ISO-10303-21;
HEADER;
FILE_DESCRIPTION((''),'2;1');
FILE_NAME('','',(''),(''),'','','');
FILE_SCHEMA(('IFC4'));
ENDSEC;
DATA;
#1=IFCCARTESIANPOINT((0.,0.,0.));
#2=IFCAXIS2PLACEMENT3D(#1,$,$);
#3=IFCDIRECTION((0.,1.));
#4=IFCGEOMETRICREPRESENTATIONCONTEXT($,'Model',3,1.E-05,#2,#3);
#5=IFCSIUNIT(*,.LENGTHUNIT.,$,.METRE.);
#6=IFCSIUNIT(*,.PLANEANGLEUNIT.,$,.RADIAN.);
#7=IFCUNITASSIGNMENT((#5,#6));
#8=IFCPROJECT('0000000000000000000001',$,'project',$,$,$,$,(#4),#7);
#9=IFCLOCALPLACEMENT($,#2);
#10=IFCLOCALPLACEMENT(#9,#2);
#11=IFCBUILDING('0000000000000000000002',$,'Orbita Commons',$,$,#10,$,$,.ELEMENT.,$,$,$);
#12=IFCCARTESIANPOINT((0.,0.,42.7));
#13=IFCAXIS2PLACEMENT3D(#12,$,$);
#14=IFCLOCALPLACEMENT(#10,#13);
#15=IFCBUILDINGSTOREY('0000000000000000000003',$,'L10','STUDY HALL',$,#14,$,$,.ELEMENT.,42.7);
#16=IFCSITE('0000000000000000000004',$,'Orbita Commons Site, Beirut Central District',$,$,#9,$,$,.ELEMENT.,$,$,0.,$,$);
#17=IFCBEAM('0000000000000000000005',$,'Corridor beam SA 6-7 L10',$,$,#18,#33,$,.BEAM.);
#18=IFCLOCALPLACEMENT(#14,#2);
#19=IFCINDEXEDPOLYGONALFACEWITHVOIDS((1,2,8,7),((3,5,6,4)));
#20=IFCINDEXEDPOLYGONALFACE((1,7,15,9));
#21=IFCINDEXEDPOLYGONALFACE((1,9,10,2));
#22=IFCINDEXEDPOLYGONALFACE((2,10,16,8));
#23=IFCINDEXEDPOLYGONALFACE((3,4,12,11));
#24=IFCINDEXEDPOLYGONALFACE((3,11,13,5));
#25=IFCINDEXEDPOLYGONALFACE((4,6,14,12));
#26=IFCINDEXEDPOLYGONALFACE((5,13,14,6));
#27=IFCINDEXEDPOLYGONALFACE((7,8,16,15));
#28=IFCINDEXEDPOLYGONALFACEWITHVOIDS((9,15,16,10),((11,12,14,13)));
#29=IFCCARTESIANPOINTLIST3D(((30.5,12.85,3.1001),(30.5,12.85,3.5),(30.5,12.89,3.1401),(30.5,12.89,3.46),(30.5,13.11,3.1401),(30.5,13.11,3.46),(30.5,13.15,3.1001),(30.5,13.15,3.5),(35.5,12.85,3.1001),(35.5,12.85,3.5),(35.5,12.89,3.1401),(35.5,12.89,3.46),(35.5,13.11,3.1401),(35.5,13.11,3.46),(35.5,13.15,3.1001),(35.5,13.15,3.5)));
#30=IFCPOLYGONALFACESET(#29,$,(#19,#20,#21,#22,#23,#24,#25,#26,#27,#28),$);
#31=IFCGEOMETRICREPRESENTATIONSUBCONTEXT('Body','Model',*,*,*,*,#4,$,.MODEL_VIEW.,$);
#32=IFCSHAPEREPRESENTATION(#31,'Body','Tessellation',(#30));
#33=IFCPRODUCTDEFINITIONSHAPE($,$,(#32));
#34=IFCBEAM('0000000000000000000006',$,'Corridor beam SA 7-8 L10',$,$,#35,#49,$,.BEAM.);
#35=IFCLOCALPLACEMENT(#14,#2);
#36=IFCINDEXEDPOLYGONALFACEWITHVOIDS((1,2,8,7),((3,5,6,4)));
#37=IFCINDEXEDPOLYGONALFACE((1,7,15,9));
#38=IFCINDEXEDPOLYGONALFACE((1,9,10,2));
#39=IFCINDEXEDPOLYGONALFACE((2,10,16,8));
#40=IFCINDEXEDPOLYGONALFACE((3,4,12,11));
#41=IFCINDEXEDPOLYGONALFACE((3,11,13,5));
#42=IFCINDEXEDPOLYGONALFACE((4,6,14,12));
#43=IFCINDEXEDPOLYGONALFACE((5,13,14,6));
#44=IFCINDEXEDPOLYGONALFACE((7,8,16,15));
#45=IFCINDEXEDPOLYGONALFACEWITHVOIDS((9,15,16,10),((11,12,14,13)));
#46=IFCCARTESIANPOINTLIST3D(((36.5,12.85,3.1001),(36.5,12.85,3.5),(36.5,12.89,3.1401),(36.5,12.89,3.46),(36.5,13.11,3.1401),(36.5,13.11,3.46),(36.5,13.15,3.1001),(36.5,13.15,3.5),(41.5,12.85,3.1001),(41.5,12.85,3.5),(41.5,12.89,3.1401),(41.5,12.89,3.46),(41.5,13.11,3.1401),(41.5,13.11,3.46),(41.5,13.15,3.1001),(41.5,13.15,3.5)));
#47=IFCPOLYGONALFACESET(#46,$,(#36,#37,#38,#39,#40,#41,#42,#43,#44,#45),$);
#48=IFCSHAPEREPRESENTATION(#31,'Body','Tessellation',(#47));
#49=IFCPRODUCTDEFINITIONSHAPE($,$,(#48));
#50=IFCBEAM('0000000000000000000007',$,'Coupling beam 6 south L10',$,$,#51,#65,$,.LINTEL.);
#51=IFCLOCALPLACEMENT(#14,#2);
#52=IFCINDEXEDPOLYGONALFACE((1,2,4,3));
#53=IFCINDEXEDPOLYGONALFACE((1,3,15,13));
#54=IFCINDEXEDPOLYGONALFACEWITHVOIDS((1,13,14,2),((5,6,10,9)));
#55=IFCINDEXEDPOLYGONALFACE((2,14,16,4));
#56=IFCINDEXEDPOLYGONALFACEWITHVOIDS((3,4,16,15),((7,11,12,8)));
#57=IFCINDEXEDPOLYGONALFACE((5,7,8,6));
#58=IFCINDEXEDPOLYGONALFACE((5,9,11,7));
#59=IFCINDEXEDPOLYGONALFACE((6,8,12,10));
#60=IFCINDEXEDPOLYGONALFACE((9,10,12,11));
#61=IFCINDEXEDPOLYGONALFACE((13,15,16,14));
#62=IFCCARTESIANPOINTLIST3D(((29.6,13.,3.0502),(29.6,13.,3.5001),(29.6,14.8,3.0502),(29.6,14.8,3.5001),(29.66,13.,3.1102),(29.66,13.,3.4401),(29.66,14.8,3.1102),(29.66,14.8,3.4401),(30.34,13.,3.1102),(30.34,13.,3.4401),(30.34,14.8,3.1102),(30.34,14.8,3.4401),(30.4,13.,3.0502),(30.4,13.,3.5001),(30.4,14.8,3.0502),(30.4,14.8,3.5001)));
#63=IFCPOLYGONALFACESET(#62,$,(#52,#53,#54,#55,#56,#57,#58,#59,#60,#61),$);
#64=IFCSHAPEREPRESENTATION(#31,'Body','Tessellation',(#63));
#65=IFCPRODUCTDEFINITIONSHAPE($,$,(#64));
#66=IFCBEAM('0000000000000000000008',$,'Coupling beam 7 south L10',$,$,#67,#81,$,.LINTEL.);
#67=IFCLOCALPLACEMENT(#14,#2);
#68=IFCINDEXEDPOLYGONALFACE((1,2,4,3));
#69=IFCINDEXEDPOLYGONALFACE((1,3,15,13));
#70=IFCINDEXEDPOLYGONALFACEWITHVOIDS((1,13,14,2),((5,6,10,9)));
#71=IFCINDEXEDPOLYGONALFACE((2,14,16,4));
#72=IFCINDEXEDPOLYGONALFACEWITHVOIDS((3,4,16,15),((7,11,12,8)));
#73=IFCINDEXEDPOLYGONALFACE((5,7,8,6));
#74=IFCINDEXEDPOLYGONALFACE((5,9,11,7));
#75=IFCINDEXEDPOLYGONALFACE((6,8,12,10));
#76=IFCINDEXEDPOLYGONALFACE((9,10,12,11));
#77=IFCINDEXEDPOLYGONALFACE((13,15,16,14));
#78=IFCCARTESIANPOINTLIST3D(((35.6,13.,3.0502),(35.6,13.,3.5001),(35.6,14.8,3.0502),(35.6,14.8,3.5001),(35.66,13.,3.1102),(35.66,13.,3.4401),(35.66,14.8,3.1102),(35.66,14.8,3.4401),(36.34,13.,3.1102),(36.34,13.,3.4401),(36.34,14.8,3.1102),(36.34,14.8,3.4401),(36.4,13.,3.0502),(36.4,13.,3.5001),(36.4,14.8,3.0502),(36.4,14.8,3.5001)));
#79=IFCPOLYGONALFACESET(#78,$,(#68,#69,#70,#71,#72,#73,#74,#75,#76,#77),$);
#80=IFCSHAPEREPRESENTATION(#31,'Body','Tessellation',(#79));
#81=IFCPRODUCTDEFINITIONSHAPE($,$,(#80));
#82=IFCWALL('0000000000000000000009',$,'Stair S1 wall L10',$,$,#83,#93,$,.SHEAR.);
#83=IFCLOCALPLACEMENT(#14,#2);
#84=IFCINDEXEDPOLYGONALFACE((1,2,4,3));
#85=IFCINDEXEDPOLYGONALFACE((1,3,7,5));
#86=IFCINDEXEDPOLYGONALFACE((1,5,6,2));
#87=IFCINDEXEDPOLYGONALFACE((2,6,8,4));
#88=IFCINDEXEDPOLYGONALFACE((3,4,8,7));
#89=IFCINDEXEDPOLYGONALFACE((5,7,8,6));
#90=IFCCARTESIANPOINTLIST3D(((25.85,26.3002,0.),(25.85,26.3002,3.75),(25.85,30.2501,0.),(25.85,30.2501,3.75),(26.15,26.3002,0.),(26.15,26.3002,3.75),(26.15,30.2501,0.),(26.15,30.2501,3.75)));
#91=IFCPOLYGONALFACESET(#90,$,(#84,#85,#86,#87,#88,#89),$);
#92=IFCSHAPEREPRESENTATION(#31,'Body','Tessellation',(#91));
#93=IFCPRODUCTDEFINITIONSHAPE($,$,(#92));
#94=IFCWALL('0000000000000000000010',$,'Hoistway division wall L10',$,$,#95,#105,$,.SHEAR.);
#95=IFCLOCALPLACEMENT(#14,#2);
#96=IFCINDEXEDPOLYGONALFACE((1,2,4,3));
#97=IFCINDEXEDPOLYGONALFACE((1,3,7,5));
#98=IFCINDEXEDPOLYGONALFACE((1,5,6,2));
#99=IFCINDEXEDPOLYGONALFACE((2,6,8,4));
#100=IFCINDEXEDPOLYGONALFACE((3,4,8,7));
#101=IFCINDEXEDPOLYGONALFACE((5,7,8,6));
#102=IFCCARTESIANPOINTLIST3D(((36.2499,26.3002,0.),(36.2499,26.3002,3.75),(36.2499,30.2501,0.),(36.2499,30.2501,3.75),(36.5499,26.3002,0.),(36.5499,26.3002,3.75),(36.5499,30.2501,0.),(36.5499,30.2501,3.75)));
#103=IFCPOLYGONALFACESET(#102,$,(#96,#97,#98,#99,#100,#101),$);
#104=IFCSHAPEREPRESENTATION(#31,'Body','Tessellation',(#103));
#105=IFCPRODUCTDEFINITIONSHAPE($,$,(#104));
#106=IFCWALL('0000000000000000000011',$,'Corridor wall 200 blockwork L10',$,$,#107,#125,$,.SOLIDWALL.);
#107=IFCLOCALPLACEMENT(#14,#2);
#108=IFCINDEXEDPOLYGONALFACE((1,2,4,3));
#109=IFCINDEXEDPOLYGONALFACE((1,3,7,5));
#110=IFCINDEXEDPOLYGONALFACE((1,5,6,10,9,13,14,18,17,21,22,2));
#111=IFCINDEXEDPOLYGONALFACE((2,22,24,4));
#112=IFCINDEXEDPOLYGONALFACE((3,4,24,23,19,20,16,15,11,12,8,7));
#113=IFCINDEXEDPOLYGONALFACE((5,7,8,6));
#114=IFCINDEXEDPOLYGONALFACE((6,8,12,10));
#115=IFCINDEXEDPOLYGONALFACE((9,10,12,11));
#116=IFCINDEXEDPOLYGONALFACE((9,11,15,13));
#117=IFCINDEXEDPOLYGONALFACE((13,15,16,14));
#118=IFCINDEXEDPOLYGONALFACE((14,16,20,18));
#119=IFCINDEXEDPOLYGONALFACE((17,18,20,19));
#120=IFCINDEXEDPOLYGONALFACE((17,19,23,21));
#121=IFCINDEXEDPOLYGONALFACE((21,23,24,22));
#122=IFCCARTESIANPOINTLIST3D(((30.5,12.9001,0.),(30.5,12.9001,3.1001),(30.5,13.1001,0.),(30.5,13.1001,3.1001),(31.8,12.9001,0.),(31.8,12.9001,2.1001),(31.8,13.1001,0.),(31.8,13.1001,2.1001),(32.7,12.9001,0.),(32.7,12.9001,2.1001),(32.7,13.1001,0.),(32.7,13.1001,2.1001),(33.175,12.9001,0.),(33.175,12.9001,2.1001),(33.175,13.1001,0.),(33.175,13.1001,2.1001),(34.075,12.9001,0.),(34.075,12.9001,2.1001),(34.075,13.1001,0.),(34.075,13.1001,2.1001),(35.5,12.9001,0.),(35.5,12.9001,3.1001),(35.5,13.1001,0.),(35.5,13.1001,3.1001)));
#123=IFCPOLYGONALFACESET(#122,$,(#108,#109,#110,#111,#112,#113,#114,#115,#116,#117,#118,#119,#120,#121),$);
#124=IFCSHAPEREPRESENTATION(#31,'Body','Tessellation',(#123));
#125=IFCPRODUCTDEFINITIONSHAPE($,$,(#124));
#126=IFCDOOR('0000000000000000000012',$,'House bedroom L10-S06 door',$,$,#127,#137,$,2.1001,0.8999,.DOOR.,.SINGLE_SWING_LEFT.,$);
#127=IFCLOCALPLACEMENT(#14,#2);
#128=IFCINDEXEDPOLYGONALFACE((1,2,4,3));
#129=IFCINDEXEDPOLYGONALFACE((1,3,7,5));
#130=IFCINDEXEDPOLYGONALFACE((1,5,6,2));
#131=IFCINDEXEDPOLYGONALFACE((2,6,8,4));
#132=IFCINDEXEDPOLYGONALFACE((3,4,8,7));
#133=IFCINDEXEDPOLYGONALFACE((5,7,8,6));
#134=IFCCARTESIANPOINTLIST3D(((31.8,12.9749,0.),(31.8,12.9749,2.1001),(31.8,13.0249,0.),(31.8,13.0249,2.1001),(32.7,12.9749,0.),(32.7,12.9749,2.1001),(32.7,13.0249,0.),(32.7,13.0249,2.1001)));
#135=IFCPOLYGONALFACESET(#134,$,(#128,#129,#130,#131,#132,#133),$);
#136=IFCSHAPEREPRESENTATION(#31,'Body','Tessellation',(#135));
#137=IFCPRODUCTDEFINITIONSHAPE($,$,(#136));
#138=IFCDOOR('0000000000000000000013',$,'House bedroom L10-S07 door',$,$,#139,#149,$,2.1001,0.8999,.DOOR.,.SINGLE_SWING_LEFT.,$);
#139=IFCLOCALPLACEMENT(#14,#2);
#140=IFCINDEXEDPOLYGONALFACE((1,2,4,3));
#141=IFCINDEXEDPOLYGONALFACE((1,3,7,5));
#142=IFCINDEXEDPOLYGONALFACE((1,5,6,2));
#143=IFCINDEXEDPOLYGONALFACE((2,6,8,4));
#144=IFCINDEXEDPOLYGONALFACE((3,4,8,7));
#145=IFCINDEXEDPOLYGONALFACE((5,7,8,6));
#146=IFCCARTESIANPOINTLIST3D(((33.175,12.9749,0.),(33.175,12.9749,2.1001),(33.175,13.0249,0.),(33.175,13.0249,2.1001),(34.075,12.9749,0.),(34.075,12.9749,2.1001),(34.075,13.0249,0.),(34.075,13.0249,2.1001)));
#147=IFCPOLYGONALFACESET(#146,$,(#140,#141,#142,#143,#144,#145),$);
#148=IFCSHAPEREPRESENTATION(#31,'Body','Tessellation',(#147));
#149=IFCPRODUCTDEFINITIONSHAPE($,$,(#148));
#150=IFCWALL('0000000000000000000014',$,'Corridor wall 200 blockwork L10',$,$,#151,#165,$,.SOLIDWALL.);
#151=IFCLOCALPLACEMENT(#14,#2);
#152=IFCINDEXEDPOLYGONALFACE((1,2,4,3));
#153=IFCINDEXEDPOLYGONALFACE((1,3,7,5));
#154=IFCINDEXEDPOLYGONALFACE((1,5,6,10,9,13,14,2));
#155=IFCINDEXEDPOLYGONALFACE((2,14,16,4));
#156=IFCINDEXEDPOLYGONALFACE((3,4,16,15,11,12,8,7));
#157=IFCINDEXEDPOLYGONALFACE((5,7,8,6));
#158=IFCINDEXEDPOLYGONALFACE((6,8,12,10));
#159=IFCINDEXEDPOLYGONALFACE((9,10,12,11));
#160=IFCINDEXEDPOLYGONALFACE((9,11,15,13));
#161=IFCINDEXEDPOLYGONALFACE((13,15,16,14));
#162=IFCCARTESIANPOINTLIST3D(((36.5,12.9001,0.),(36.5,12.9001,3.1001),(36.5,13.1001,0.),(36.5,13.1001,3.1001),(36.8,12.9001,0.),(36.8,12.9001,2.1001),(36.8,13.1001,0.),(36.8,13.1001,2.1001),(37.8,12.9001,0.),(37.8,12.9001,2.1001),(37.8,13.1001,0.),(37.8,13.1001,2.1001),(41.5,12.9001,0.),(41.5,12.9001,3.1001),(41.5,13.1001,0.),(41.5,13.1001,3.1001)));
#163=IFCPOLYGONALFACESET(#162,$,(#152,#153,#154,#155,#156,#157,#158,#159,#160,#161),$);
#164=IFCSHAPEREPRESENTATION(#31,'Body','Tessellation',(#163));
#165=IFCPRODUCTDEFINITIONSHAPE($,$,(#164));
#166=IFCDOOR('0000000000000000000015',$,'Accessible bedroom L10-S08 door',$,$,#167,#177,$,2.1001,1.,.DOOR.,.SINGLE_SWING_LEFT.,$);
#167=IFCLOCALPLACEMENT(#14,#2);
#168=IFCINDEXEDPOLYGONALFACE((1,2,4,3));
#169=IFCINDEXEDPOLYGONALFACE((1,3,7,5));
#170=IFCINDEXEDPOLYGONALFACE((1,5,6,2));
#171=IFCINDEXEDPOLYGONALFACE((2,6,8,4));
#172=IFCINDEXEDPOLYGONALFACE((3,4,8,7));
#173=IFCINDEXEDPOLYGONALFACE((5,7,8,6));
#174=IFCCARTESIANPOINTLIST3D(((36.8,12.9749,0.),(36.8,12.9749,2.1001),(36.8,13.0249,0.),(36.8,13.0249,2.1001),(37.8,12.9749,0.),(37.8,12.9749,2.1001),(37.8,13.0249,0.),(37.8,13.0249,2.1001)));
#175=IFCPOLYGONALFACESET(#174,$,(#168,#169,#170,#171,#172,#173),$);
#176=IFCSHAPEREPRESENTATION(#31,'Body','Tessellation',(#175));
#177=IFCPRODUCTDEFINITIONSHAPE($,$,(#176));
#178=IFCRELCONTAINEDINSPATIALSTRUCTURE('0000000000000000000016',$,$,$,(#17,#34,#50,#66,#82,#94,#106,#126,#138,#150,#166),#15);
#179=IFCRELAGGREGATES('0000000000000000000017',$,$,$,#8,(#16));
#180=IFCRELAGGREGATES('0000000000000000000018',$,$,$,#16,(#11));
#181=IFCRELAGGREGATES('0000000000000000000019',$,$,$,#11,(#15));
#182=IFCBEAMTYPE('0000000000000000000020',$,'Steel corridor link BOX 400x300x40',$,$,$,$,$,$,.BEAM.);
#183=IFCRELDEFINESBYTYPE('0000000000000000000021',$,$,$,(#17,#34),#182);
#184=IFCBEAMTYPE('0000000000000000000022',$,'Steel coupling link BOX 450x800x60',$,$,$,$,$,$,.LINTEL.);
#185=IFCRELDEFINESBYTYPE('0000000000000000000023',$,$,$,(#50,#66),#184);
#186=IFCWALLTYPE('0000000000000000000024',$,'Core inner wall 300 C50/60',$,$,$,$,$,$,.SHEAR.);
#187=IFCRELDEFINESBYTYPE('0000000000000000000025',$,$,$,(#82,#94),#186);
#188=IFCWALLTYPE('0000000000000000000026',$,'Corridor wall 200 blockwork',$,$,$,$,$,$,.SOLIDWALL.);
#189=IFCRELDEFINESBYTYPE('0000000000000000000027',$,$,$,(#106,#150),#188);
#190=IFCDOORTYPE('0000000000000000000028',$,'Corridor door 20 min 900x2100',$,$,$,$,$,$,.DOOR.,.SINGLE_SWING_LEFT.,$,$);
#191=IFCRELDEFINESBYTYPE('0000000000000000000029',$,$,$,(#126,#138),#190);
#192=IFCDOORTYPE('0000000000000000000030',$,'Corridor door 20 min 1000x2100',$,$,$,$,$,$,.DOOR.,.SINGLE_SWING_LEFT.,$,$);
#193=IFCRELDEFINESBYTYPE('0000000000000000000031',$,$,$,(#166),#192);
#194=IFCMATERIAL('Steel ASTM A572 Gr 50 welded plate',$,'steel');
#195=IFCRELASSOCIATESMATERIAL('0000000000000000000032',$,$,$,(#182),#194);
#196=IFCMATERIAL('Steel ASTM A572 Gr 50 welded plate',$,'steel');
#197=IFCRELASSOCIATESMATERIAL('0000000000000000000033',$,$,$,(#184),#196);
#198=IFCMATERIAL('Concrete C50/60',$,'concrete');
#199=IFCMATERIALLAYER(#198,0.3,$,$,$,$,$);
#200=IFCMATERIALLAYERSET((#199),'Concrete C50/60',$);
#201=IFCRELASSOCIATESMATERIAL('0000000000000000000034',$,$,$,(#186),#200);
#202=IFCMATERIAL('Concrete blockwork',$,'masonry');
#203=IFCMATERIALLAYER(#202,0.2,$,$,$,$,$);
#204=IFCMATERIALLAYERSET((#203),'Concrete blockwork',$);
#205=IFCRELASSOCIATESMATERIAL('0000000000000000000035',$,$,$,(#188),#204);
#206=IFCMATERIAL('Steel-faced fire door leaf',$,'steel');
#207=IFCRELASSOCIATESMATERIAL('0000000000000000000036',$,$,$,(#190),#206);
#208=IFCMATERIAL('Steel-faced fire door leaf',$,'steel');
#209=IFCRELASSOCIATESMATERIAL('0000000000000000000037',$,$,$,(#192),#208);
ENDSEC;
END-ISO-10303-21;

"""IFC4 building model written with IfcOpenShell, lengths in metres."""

from ifc_helpers import new_model, si_unit, direction, frame, frame_2d, origin, origin_2d, place, context, subcontext, project, spatial, polyline, rectangle, hollow_rectangle, outline, extrude, material, layer, layer_set, material_profile, profile_set, type_object, element, fill, save


model = new_model("IFC4")

# Units and contexts
model_context = context("Model", 3, precision=1e-05, world=origin(), true_north=direction((0.0, 1.0)))
body_context = subcontext(model_context, "Body", "Model", "MODEL_VIEW")
ifc_project = project(units=[si_unit("LENGTHUNIT", "METRE"), si_unit("PLANEANGLEUNIT", "RADIAN")], contexts=[model_context])

# Site, building, storey
site_placement = place(None, origin())
site = spatial("IfcSite", under=ifc_project, at=site_placement, Name="Orbita Commons Site, Beirut Central District", CompositionType="ELEMENT", RefElevation=0.0)
building_placement = place(site_placement, origin())
building = spatial("IfcBuilding", under=site, at=building_placement, Name="Orbita Commons", CompositionType="ELEMENT")
storey_placement = place(building_placement, frame((0.0, 0.0, 42.7)))
storey = spatial("IfcBuildingStorey", under=building, at=storey_placement, Name="L10", Description="STUDY HALL", CompositionType="ELEMENT", Elevation=42.7)

# Beams
ifc_material_1 = material(Name="Steel ASTM A572 Gr 50 welded plate", Category="steel")
ifc_material_profile_1 = material_profile(ifc_material_1, hollow_rectangle(XDim=0.3, YDim=0.3999, WallThickness=0.04, at=origin_2d()), Name="BOX 400x300x40")
ifc_profile_set_1 = profile_set([ifc_material_profile_1], Name="Steel ASTM A572 Gr 50 welded plate")
beam_type_1 = type_object("IfcBeamType", Name="Steel corridor link BOX 400x300x40", PredefinedType="BEAM", material=ifc_profile_set_1)
for number, where, z_axis, x_axis, name in (
    (1, (30.5, 13.0, 3.3), (1.0, 0.0, 0.0), (0.0, 1.0, 0.0), "Corridor beam SA 6-7 L10"),
    (2, (36.5, 13.0, 3.3), (1.0, 0.0, 0.0), (0.0, 1.0, 0.0), "Corridor beam SA 7-8 L10"),
):
    element("IfcBeam", number, at=place(storey_placement, frame(where, z_axis=z_axis, x_axis=x_axis)), inside=storey, type_object=beam_type_1, Name=name, PredefinedType="BEAM", context=body_context, shape_type="SweptSolid", body=[
        extrude(hollow_rectangle(XDim=0.3, YDim=0.3999, WallThickness=0.04, at=origin_2d()), origin(), (0.0, 0.0, 1.0), 5.0),
    ])
ifc_material_2 = material(Name="Steel ASTM A572 Gr 50 welded plate", Category="steel")
ifc_material_profile_2 = material_profile(ifc_material_2, hollow_rectangle(XDim=0.8, YDim=0.45, WallThickness=0.0601, at=origin_2d()), Name="BOX 450x800x60")
ifc_profile_set_2 = profile_set([ifc_material_profile_2], Name="Steel ASTM A572 Gr 50 welded plate")
beam_type_2 = type_object("IfcBeamType", Name="Steel coupling link BOX 450x800x60", PredefinedType="LINTEL", material=ifc_profile_set_2)
for number, where, z_axis, x_axis, name in (
    (3, (30.0, 13.0, 3.2751), (0.0, 1.0, 0.0), (-1.0, 0.0, 0.0), "Coupling beam 6 south L10"),
    (4, (36.0, 13.0, 3.2751), (0.0, 1.0, 0.0), (-1.0, 0.0, 0.0), "Coupling beam 7 south L10"),
):
    element("IfcBeam", number, at=place(storey_placement, frame(where, z_axis=z_axis, x_axis=x_axis)), inside=storey, type_object=beam_type_2, Name=name, PredefinedType="LINTEL", context=body_context, shape_type="SweptSolid", body=[
        extrude(hollow_rectangle(XDim=0.8, YDim=0.45, WallThickness=0.0601, at=origin_2d()), origin(), (0.0, 0.0, 1.0), 1.8),
    ])

# Walls
ifc_material_3 = material(Name="Concrete C50/60", Category="concrete")
ifc_layer_1 = layer(ifc_material_3, 0.3)
ifc_layer_set_1 = layer_set([ifc_layer_1], Name="Concrete C50/60")
wall_type_1 = type_object("IfcWallType", Name="Core inner wall 300 C50/60", PredefinedType="SHEAR", material=ifc_layer_set_1)
for number, where, z_axis, x_axis, name in (
    (5, (26.0, 26.3, 0.0), (0.0, 0.0, 1.0), (0.0, 1.0, 0.0), "Stair S1 wall L10"),
    (6, (36.3999, 26.3, 0.0), (0.0, 0.0, 1.0), (0.0, 1.0, 0.0), "Hoistway division wall L10"),
):
    element("IfcWall", number, at=place(storey_placement, frame(where, z_axis=z_axis, x_axis=x_axis)), inside=storey, type_object=wall_type_1, Name=name, PredefinedType="SHEAR", context=body_context, shape_type="SweptSolid", body=[
        extrude(rectangle(XDim=3.95, YDim=0.3, at=frame_2d((1.9751, 0.0))), origin(), (0.0, 0.0, 1.0), 3.75),
    ])

# Wall, openings, doors
ifc_material_4 = material(Name="Concrete blockwork", Category="masonry")
ifc_layer_2 = layer(ifc_material_4, 0.2)
ifc_layer_set_2 = layer_set([ifc_layer_2], Name="Concrete blockwork")
wall_type_2 = type_object("IfcWallType", Name="Corridor wall 200 blockwork", PredefinedType="SOLIDWALL", material=ifc_layer_set_2)
wall_1_placement = place(storey_placement, frame((30.5, 13.0, 0.0), z_axis=(0.0, 0.0, 1.0), x_axis=(1.0, 0.0, 0.0)))
wall_1 = element("IfcWall", 7, at=wall_1_placement, inside=storey, type_object=wall_type_2, Name="Corridor wall 200 blockwork L10", PredefinedType="SOLIDWALL", context=body_context, shape_type="SweptSolid", body=[
    extrude(outline(polyline([(0.0, 0.0), (5.0, 0.0), (5.0, 3.1001), (0.0, 3.1001), (0.0, 0.0)])), frame((0.0, 0.1001, 0.0), z_axis=(0.0, -1.0, 0.0), x_axis=(1.0, 0.0, 0.0)), (0.0, 0.0, 1.0), 0.2),
])
opening_1_placement = place(wall_1_placement, frame((1.3, 0.0, 0.0)))
opening_1 = element("IfcOpeningElement", 8, at=opening_1_placement, cuts=wall_1, PredefinedType="OPENING", context=body_context, shape_type="SweptSolid", body=[
    extrude(rectangle(XDim=0.8999, YDim=2.1001, at=frame_2d((0.45, 1.05))), frame((0.0, 0.1099, 0.0), z_axis=(0.0, -1.0, 0.0), x_axis=(1.0, 0.0, 0.0)), (0.0, 0.0, 1.0), 0.22),
])
opening_2_placement = place(wall_1_placement, frame((2.675, 0.0, 0.0)))
opening_2 = element("IfcOpeningElement", 9, at=opening_2_placement, cuts=wall_1, PredefinedType="OPENING", context=body_context, shape_type="SweptSolid", body=[
    extrude(rectangle(XDim=0.8999, YDim=2.1001, at=frame_2d((0.45, 1.05))), frame((0.0, 0.1099, 0.0), z_axis=(0.0, -1.0, 0.0), x_axis=(1.0, 0.0, 0.0)), (0.0, 0.0, 1.0), 0.22),
])
ifc_material_5 = material(Name="Steel-faced fire door leaf", Category="steel")
door_type_1 = type_object("IfcDoorType", Name="Corridor door 20 min 900x2100", OperationType="SINGLE_SWING_LEFT", PredefinedType="DOOR", material=ifc_material_5)
door_1_placement = place(opening_1_placement, origin())
door_1 = element("IfcDoor", 10, at=door_1_placement, inside=storey, type_object=door_type_1, Name="House bedroom L10-S06 door", OperationType="SINGLE_SWING_LEFT", OverallHeight=2.1001, OverallWidth=0.8999, PredefinedType="DOOR", context=body_context, shape_type="SweptSolid", body=[
    extrude(rectangle(XDim=0.8999, YDim=2.1001, at=frame_2d((0.45, 1.05))), frame((0.0, 0.0249, 0.0), z_axis=(0.0, -1.0, 0.0), x_axis=(1.0, 0.0, 0.0)), (0.0, 0.0, 1.0), 0.05),
])
fill(opening_1, door_1)
door_2_placement = place(opening_2_placement, origin())
door_2 = element("IfcDoor", 11, at=door_2_placement, inside=storey, type_object=door_type_1, Name="House bedroom L10-S07 door", OperationType="SINGLE_SWING_LEFT", OverallHeight=2.1001, OverallWidth=0.8999, PredefinedType="DOOR", context=body_context, shape_type="SweptSolid", body=[
    extrude(rectangle(XDim=0.8999, YDim=2.1001, at=frame_2d((0.45, 1.05))), frame((0.0, 0.0249, 0.0), z_axis=(0.0, -1.0, 0.0), x_axis=(1.0, 0.0, 0.0)), (0.0, 0.0, 1.0), 0.05),
])
fill(opening_2, door_2)

# Wall, opening, door
wall_2_placement = place(storey_placement, frame((36.5, 13.0, 0.0), z_axis=(0.0, 0.0, 1.0), x_axis=(1.0, 0.0, 0.0)))
wall_2 = element("IfcWall", 12, at=wall_2_placement, inside=storey, type_object=wall_type_2, Name="Corridor wall 200 blockwork L10", PredefinedType="SOLIDWALL", context=body_context, shape_type="SweptSolid", body=[
    extrude(outline(polyline([(0.0, 0.0), (5.0, 0.0), (5.0, 3.1001), (0.0, 3.1001), (0.0, 0.0)])), frame((0.0, 0.1001, 0.0), z_axis=(0.0, -1.0, 0.0), x_axis=(1.0, 0.0, 0.0)), (0.0, 0.0, 1.0), 0.2),
])
opening_3_placement = place(wall_2_placement, frame((0.3, 0.0, 0.0)))
opening_3 = element("IfcOpeningElement", 13, at=opening_3_placement, cuts=wall_2, PredefinedType="OPENING", context=body_context, shape_type="SweptSolid", body=[
    extrude(rectangle(XDim=1.0, YDim=2.1001, at=frame_2d((0.5, 1.05))), frame((0.0, 0.1099, 0.0), z_axis=(0.0, -1.0, 0.0), x_axis=(1.0, 0.0, 0.0)), (0.0, 0.0, 1.0), 0.22),
])
ifc_material_6 = material(Name="Steel-faced fire door leaf", Category="steel")
door_type_2 = type_object("IfcDoorType", Name="Corridor door 20 min 1000x2100", OperationType="SINGLE_SWING_LEFT", PredefinedType="DOOR", material=ifc_material_6)
door_3_placement = place(opening_3_placement, origin())
door_3 = element("IfcDoor", 14, at=door_3_placement, inside=storey, type_object=door_type_2, Name="Accessible bedroom L10-S08 door", OperationType="SINGLE_SWING_LEFT", OverallHeight=2.1001, OverallWidth=1.0, PredefinedType="DOOR", context=body_context, shape_type="SweptSolid", body=[
    extrude(rectangle(XDim=1.0, YDim=2.1001, at=frame_2d((0.5, 1.05))), frame((0.0, 0.0249, 0.0), z_axis=(0.0, -1.0, 0.0), x_axis=(1.0, 0.0, 0.0)), (0.0, 0.0, 1.0), 0.05),
])
fill(opening_3, door_3)

save(model, "model.ifc")
